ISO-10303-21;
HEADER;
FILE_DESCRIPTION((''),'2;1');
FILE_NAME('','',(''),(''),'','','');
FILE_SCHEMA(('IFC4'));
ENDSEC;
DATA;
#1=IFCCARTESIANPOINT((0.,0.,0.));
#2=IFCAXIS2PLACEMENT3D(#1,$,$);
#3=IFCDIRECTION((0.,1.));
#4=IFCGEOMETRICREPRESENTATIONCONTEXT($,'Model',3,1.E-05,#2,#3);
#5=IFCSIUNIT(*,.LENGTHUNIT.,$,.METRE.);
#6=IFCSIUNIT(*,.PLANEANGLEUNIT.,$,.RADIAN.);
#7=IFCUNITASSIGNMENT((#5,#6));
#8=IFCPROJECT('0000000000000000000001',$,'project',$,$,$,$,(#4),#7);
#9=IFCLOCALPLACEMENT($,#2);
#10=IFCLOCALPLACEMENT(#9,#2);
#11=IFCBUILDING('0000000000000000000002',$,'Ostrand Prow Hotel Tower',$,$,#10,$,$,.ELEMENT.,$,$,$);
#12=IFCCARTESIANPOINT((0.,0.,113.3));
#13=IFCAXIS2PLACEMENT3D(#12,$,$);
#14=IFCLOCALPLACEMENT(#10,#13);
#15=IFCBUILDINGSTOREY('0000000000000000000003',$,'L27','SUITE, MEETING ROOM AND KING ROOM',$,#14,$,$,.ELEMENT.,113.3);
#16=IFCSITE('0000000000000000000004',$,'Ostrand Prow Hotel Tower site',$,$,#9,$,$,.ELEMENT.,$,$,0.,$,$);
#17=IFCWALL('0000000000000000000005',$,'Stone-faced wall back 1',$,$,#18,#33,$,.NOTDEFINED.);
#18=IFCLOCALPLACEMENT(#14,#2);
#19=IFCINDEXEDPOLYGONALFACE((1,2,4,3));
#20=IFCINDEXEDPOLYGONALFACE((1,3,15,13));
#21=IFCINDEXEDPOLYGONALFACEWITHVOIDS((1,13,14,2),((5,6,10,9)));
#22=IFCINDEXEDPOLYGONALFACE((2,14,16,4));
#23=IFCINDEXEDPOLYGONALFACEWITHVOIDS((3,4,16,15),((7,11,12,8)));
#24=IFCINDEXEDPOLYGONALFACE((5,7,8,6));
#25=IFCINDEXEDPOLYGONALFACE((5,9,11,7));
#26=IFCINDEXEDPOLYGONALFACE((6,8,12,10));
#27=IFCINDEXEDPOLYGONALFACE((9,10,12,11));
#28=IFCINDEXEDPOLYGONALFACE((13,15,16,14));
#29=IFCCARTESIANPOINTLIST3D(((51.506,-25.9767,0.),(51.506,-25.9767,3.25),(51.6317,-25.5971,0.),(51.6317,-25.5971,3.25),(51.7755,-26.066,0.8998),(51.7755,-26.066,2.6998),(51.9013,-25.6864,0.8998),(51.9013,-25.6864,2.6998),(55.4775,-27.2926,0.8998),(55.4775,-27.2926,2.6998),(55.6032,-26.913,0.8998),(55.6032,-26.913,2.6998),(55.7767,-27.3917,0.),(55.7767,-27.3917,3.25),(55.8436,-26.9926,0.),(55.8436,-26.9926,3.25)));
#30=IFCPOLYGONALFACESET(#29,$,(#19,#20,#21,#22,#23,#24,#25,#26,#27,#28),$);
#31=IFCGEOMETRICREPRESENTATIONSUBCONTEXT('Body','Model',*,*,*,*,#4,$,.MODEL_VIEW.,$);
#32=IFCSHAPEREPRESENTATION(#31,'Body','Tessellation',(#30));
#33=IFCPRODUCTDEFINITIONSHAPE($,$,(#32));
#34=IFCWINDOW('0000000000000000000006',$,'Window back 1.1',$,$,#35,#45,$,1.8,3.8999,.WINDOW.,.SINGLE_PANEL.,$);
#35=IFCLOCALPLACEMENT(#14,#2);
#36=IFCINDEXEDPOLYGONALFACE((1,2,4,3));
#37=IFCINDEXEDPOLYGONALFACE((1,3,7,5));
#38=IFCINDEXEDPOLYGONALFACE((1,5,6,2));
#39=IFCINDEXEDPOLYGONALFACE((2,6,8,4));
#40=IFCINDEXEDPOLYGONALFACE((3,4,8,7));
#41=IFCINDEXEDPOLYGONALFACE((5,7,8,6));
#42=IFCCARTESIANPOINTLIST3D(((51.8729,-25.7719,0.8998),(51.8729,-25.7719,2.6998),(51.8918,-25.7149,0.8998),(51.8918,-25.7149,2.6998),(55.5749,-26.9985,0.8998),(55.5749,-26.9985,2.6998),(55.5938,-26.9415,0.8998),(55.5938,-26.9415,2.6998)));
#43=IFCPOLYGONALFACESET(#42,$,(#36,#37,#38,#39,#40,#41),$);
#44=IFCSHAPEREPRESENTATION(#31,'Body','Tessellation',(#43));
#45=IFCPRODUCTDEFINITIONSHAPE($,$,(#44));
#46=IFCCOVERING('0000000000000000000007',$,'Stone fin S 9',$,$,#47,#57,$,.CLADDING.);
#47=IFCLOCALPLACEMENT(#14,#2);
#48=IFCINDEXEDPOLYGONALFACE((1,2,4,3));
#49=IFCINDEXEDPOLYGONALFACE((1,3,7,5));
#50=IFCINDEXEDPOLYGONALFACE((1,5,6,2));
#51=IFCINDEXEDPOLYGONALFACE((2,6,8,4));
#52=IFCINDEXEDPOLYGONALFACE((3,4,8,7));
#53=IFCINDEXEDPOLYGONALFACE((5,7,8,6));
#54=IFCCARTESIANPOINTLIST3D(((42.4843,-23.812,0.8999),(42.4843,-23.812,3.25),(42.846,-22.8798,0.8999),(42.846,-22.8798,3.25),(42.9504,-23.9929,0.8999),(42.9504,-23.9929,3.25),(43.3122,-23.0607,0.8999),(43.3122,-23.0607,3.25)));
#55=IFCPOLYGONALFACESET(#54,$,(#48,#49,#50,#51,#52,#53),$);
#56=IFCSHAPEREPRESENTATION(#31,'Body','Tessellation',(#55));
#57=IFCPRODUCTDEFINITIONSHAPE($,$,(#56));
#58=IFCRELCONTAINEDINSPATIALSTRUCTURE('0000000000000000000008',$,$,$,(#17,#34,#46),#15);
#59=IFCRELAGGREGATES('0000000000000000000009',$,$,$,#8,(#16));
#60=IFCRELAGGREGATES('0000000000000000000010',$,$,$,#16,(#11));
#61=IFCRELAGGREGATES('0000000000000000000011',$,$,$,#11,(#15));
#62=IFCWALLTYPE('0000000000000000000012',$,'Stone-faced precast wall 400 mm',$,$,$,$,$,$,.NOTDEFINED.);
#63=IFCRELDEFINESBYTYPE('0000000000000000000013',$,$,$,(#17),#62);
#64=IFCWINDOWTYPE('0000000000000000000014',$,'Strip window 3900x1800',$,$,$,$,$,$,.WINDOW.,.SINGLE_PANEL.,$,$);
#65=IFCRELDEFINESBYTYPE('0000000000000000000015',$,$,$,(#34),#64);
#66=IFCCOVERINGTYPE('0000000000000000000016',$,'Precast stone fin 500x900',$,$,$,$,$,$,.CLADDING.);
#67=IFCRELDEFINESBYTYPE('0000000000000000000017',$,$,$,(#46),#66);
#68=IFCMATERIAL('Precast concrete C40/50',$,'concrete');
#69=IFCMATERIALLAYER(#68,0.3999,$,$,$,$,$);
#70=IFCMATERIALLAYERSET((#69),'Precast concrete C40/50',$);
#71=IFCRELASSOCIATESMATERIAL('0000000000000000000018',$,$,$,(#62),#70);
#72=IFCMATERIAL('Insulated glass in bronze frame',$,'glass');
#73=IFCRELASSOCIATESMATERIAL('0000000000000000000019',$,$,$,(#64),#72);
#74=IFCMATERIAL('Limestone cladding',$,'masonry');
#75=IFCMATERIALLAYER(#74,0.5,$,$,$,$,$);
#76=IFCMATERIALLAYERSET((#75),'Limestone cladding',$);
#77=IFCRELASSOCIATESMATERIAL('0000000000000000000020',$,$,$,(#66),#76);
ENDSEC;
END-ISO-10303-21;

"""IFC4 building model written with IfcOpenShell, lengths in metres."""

from ifc_helpers import new_model, si_unit, direction, frame, frame_2d, origin, place, context, subcontext, project, spatial, polyline, rectangle, outline, extrude, material, layer, layer_set, type_object, element, fill, save


model = new_model("IFC4")

# Units and contexts
model_context = context("Model", 3, precision=1e-05, world=origin(), true_north=direction((0.0, 1.0)))
body_context = subcontext(model_context, "Body", "Model", "MODEL_VIEW")
ifc_project = project(units=[si_unit("LENGTHUNIT", "METRE"), si_unit("PLANEANGLEUNIT", "RADIAN")], contexts=[model_context])

# Site, building, storey
site_placement = place(None, origin())
site = spatial("IfcSite", under=ifc_project, at=site_placement, Name="Ostrand Prow Hotel Tower site", CompositionType="ELEMENT", RefElevation=0.0)
building_placement = place(site_placement, origin())
building = spatial("IfcBuilding", under=site, at=building_placement, Name="Ostrand Prow Hotel Tower", CompositionType="ELEMENT")
storey_placement = place(building_placement, frame((0.0, 0.0, 113.3)))
storey = spatial("IfcBuildingStorey", under=building, at=storey_placement, Name="L27", Description="SUITE, MEETING ROOM AND KING ROOM", CompositionType="ELEMENT", Elevation=113.3)

# Wall, opening, window
ifc_material_1 = material(Name="Precast concrete C40/50", Category="concrete")
ifc_layer_1 = layer(ifc_material_1, 0.3999)
ifc_layer_set_1 = layer_set([ifc_layer_1], Name="Precast concrete C40/50")
wall_type_1 = type_object("IfcWallType", Name="Stone-faced precast wall 400 mm", PredefinedType="NOTDEFINED", material=ifc_layer_set_1)
wall_1_placement = place(storey_placement, frame((51.5688, -25.7869, 0.0), z_axis=(0.0, 0.0, 1.0), x_axis=(0.94925, -0.314522, 0.0)))
wall_1 = element("IfcWall", 1, at=wall_1_placement, inside=storey, type_object=wall_type_1, Name="Stone-faced wall back 1", PredefinedType="NOTDEFINED", context=body_context, shape_type="SweptSolid", body=[
    extrude(outline(polyline([(0.0, -0.2), (4.499, -0.2), (4.437, 0.2), (0.0, 0.2), (0.0, -0.2)])), origin(), (0.0, 0.0, 1.0), 3.25),
])
opening_1_placement = place(wall_1_placement, frame((0.2839, 0.0, 0.8999)))
opening_1 = element("IfcOpeningElement", 2, at=opening_1_placement, cuts=wall_1, PredefinedType="OPENING", context=body_context, shape_type="SweptSolid", body=[
    extrude(rectangle(XDim=3.8999, YDim=1.8, at=frame_2d((1.95, 0.8999))), frame((0.0, 0.21, 0.0), z_axis=(0.0, -1.0, 0.0), x_axis=(1.0, 0.0, 0.0)), (0.0, 0.0, 1.0), 0.4199),
])
ifc_material_2 = material(Name="Insulated glass in bronze frame", Category="glass")
window_type = type_object("IfcWindowType", Name="Strip window 3900x1800", PartitioningType="SINGLE_PANEL", PredefinedType="WINDOW", material=ifc_material_2)
window_placement = place(opening_1_placement, origin())
window = element("IfcWindow", 3, at=window_placement, inside=storey, type_object=window_type, Name="Window back 1.1", OverallHeight=1.8, OverallWidth=3.8999, PartitioningType="SINGLE_PANEL", PredefinedType="WINDOW", context=body_context, shape_type="SweptSolid", body=[
    extrude(rectangle(XDim=3.8999, YDim=1.8, at=frame_2d((1.95, 0.8999))), frame((0.0, 0.1699, 0.0), z_axis=(0.0, -1.0, 0.0), x_axis=(1.0, 0.0, 0.0)), (0.0, 0.0, 1.0), 0.0601),
])
fill(opening_1, window)

# Covering
ifc_material_3 = material(Name="Limestone cladding", Category="masonry")
ifc_layer_2 = layer(ifc_material_3, 0.5)
ifc_layer_set_2 = layer_set([ifc_layer_2], Name="Limestone cladding")
covering_type = type_object("IfcCoveringType", Name="Precast stone fin 500x900", PredefinedType="CLADDING", material=ifc_layer_set_2)
covering_placement = place(storey_placement, frame((43.0791, -22.9702, 0.8999), z_axis=(0.0, 0.0, 1.0), x_axis=(-0.361775, -0.932266, 0.0)))
element("IfcCovering", 4, at=covering_placement, inside=storey, type_object=covering_type, Name="Stone fin S 9", PredefinedType="CLADDING", context=body_context, shape_type="SweptSolid", body=[
    extrude(rectangle(XDim=1.0, YDim=0.5, at=frame_2d((0.5, 0.0))), origin(), (0.0, 0.0, 1.0), 2.3501),
])

save(model, "model.ifc")
